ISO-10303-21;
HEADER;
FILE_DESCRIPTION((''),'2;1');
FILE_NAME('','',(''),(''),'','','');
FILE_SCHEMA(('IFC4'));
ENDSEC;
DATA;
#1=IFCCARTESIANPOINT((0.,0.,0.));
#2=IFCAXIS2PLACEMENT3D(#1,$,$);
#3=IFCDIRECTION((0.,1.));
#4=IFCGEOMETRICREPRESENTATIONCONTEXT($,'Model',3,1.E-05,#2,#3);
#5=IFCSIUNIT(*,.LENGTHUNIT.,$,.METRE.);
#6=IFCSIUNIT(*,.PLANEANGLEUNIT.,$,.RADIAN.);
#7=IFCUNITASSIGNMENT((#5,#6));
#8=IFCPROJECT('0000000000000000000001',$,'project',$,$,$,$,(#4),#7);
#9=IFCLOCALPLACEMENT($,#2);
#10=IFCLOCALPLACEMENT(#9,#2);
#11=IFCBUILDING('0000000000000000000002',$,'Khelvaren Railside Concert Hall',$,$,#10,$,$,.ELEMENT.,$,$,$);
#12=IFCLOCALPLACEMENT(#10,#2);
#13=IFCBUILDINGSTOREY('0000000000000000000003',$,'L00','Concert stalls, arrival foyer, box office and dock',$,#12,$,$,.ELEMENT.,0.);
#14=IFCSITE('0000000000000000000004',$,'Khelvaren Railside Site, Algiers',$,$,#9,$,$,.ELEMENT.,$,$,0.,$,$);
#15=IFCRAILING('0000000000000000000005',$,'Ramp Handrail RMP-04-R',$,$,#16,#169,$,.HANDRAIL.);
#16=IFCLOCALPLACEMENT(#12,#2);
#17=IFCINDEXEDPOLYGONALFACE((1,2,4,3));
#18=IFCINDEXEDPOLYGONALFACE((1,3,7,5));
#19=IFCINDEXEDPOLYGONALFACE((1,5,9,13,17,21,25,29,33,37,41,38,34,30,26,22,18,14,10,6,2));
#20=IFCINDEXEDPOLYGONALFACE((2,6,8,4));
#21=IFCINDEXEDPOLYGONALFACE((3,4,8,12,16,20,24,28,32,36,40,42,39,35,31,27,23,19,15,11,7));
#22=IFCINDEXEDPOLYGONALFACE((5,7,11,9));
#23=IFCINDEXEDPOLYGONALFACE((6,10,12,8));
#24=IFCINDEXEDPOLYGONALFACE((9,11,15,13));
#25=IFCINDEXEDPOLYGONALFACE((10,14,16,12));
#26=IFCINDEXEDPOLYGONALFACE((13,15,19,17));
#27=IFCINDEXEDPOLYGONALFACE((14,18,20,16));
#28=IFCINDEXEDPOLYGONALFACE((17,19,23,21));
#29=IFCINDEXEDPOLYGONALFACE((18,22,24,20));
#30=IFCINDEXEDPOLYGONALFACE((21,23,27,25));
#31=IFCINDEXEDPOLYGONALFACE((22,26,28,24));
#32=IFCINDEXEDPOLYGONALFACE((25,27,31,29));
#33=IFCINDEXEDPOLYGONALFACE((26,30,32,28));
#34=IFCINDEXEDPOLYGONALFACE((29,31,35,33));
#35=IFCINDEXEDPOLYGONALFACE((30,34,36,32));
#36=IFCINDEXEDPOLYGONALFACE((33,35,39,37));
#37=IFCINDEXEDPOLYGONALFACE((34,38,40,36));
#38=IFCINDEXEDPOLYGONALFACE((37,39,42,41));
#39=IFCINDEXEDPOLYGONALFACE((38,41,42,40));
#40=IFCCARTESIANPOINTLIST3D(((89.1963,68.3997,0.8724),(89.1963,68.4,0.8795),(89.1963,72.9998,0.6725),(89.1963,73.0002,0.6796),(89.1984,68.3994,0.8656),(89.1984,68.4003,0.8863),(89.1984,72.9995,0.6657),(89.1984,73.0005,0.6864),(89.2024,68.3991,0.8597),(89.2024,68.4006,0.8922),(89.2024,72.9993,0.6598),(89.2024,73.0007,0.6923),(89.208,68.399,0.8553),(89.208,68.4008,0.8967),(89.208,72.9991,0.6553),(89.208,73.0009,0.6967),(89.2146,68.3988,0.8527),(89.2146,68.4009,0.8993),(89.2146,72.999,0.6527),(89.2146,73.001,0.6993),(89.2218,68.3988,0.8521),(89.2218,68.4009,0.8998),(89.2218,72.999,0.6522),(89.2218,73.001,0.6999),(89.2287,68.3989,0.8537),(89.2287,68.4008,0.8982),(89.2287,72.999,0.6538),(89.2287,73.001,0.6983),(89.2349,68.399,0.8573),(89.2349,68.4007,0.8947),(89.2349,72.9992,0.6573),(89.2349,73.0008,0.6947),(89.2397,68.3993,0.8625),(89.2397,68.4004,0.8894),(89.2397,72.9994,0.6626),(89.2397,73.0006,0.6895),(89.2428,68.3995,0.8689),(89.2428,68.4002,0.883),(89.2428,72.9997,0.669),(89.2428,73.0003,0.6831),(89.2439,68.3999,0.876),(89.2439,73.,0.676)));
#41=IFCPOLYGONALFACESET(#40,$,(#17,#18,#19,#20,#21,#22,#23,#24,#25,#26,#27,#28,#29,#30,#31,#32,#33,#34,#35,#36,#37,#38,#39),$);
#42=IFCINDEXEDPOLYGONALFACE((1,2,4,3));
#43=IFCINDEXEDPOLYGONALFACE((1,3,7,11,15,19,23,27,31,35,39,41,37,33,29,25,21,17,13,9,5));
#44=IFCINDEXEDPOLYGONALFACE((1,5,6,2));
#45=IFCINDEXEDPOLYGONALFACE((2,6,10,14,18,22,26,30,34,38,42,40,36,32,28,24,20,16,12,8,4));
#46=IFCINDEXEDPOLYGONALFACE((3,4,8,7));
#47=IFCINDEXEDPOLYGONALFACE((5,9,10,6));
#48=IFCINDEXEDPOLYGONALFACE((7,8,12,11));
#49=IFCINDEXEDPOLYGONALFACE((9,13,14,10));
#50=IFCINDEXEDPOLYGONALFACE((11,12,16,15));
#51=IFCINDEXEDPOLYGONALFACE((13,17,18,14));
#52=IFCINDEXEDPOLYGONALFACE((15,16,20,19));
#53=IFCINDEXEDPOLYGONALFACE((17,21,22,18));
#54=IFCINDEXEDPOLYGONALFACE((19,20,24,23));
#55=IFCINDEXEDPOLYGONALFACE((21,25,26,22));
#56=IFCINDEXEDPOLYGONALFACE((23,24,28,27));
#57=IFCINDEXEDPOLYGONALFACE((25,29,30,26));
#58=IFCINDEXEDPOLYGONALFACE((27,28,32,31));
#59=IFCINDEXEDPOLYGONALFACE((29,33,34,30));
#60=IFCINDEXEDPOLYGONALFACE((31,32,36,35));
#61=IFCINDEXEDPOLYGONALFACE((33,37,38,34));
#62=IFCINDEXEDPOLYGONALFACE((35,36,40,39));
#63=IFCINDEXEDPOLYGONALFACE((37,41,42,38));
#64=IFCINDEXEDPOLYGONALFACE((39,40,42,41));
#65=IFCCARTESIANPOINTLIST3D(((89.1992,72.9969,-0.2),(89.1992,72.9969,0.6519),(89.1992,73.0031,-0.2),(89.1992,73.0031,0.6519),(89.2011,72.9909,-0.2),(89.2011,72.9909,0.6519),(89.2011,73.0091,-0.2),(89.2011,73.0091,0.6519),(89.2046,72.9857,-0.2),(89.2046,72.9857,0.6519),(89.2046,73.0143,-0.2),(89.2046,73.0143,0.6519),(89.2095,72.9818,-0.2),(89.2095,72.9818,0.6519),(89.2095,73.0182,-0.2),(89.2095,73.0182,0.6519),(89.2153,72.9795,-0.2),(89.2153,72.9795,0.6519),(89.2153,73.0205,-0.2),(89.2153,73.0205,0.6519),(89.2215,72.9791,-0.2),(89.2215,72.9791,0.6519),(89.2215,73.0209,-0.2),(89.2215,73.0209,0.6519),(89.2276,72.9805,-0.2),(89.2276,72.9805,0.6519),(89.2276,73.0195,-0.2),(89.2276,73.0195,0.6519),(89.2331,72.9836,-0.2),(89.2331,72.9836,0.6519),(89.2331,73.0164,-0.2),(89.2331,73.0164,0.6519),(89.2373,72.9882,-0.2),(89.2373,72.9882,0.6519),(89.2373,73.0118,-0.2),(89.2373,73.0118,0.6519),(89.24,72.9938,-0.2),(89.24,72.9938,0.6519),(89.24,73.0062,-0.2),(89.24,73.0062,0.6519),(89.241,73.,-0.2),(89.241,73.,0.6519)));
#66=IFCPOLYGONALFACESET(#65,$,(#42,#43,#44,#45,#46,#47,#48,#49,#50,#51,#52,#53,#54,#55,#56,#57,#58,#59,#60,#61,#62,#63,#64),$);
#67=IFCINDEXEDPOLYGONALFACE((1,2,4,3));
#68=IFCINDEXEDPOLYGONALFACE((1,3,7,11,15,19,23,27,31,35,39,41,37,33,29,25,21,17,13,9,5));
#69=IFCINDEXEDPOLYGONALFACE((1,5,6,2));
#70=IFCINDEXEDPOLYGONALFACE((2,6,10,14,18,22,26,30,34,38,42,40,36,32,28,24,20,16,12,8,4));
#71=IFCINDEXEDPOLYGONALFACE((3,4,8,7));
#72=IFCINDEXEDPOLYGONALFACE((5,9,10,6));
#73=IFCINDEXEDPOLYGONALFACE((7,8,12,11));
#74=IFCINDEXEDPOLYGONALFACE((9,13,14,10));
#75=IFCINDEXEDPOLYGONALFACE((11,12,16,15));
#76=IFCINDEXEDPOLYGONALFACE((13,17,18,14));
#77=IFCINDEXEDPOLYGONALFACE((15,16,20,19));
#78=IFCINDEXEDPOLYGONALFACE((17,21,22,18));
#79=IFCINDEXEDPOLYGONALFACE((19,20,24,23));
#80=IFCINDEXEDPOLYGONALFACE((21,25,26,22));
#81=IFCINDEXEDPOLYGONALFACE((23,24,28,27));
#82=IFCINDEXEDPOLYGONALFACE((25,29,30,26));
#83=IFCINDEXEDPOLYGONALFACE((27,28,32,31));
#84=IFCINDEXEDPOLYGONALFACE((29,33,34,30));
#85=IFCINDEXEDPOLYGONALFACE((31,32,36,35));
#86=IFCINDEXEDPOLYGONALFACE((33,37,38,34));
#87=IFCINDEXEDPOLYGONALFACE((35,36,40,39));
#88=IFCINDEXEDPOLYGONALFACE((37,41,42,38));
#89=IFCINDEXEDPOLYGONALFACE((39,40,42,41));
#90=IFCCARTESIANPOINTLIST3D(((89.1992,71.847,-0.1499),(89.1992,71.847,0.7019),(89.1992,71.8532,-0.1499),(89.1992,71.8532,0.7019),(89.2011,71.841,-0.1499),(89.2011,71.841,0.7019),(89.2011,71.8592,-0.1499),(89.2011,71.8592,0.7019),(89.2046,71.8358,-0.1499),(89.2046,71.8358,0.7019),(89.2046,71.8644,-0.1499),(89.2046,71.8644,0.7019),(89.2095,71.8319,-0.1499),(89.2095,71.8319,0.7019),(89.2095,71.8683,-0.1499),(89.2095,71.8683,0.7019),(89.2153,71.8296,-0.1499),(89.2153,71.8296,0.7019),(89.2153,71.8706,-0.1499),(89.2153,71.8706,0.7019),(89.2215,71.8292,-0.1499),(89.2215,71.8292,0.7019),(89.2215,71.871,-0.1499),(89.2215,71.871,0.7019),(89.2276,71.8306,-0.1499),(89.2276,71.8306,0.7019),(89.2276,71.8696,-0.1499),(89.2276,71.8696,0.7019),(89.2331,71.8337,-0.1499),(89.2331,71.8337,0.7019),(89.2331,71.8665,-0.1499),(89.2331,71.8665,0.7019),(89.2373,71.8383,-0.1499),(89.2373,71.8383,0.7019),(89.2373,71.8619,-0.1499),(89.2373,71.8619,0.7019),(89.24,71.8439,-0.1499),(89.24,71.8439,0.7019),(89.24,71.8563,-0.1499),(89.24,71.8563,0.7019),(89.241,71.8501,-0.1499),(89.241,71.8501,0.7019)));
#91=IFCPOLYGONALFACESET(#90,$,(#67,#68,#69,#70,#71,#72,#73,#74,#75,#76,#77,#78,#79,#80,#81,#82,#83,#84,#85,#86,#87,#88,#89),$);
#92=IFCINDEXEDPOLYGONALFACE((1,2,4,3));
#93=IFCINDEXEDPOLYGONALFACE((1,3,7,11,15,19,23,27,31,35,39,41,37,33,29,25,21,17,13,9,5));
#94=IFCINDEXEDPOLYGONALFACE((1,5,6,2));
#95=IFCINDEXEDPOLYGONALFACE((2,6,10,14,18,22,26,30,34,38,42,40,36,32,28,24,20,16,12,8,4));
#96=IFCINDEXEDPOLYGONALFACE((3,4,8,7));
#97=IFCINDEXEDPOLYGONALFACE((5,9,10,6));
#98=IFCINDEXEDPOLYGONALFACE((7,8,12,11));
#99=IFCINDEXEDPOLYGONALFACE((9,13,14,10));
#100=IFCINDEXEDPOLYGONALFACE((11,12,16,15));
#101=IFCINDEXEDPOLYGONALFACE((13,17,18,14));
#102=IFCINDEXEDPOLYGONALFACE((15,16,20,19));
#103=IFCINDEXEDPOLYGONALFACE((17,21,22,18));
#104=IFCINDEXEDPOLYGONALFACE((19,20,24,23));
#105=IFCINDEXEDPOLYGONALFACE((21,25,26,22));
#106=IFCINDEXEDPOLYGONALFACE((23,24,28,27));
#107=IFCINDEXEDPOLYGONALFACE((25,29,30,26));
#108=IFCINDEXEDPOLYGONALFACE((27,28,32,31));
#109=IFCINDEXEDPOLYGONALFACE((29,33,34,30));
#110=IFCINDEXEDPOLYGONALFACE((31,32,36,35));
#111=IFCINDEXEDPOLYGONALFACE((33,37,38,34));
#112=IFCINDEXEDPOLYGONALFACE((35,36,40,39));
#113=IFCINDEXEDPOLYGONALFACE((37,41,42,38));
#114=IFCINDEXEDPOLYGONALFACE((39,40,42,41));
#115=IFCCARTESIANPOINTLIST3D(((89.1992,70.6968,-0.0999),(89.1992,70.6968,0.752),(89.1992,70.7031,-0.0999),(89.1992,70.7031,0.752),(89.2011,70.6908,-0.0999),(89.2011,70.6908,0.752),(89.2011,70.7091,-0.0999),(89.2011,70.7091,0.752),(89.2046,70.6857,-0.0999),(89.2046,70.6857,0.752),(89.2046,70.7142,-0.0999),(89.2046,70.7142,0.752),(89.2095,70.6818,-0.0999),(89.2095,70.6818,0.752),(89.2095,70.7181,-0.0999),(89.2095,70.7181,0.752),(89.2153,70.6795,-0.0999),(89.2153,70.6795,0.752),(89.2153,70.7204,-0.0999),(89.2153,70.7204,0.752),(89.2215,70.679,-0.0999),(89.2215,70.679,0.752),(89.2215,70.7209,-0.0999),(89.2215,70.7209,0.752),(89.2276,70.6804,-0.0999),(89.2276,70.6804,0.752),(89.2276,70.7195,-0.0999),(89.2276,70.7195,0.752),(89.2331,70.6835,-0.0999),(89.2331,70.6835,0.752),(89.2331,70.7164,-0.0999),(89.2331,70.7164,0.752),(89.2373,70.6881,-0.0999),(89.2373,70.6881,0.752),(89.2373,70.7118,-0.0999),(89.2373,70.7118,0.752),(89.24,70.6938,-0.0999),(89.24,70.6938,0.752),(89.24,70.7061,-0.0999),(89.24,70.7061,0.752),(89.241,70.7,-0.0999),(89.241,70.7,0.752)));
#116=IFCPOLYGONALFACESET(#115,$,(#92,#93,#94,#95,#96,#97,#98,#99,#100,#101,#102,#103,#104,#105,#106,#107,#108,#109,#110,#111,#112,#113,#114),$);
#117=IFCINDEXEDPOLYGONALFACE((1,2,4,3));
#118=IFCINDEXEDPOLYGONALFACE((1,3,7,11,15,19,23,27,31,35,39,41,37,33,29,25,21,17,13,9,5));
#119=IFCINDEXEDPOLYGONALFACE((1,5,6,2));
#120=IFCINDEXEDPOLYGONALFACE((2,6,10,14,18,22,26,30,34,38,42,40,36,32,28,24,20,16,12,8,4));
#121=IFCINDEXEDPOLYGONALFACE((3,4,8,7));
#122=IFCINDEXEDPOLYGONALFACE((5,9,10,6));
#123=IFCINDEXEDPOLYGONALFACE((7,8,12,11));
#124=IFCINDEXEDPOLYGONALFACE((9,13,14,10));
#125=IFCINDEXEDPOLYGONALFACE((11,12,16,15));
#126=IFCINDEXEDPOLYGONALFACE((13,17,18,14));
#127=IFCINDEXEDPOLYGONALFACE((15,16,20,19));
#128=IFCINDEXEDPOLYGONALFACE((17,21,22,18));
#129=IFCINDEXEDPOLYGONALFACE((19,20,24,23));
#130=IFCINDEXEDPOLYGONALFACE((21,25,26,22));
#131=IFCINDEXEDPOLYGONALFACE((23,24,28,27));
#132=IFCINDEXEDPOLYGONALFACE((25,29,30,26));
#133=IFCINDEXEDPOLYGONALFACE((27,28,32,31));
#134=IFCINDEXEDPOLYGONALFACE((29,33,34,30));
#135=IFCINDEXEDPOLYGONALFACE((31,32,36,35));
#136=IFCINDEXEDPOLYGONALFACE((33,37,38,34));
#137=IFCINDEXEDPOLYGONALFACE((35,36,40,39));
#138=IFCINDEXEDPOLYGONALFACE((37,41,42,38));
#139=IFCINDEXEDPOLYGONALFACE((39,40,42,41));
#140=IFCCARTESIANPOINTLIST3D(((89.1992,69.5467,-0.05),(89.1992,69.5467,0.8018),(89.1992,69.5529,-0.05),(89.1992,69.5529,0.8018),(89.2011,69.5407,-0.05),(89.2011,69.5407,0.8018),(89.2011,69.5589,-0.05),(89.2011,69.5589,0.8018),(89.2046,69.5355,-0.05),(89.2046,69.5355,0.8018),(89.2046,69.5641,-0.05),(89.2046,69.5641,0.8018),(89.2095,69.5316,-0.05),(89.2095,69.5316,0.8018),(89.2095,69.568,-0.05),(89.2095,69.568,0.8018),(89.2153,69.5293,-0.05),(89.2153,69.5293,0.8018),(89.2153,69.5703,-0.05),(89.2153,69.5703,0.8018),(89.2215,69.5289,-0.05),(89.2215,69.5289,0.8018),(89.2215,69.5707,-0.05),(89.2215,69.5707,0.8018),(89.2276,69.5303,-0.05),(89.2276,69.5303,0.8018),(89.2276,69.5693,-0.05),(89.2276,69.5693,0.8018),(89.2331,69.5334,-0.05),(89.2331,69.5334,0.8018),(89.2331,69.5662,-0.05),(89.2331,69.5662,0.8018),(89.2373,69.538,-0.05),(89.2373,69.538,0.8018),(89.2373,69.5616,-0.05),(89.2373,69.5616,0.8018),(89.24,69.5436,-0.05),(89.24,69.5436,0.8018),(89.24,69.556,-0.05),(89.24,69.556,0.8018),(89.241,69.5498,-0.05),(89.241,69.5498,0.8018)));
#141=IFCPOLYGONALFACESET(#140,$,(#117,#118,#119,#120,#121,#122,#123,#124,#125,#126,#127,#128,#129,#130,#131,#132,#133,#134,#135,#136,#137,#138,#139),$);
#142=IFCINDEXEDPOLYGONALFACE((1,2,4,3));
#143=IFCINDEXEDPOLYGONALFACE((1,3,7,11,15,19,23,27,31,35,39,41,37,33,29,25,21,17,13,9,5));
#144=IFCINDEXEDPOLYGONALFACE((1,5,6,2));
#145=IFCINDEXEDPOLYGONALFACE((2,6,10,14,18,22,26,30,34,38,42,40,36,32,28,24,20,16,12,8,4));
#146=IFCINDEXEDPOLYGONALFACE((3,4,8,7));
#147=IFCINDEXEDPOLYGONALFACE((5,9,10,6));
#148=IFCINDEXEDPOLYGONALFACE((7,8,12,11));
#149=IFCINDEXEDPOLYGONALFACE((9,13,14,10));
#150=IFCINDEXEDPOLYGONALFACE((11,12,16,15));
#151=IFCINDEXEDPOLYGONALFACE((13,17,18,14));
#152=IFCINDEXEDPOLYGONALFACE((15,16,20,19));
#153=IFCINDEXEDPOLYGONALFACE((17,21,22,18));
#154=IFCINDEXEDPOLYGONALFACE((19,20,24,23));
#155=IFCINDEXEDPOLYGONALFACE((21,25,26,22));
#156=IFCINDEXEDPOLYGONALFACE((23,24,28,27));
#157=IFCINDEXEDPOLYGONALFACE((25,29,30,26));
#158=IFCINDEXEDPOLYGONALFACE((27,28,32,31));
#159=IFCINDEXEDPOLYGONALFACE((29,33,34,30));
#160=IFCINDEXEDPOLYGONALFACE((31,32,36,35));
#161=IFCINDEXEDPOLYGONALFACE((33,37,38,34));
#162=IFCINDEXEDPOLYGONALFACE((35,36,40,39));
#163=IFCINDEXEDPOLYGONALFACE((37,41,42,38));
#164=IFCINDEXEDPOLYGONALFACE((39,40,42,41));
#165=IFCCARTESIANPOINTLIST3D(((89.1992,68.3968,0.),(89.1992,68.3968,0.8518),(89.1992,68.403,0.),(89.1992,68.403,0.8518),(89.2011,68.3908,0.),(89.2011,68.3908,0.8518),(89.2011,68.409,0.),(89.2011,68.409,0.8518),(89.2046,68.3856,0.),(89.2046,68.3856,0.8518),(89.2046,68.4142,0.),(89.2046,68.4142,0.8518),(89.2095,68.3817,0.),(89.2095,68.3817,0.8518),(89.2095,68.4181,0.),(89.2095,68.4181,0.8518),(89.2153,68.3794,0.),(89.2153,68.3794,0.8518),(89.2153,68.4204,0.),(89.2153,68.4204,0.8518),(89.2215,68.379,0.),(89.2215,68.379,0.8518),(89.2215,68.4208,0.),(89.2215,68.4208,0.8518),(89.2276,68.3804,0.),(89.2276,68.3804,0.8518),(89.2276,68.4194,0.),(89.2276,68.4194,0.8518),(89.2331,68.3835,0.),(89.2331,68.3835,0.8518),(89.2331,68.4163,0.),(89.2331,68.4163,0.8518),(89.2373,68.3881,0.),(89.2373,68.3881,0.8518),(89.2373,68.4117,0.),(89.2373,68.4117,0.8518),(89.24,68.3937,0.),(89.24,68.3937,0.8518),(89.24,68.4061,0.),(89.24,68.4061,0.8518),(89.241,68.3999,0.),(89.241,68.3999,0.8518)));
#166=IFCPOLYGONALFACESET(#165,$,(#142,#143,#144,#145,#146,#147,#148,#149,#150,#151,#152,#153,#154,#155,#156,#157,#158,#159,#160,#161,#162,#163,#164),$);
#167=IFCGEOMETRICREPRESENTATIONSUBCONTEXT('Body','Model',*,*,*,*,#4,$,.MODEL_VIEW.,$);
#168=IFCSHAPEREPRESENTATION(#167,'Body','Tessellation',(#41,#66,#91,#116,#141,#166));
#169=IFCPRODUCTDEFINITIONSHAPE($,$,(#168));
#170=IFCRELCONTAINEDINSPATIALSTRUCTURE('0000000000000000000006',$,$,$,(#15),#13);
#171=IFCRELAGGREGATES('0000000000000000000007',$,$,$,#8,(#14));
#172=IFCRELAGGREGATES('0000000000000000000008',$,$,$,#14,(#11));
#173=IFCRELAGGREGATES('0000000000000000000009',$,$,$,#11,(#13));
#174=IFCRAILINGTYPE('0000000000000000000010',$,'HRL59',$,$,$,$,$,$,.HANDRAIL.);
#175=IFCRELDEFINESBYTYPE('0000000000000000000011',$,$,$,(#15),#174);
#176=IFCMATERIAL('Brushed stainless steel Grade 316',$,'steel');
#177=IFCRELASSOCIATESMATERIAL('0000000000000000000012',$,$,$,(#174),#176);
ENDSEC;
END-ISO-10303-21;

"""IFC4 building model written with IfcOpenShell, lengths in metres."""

from ifc_helpers import new_model, si_unit, direction, frame, origin, origin_2d, place, context, subcontext, project, spatial, circle, extrude, material, type_object, element, save


model = new_model("IFC4")

# Units and contexts
model_context = context("Model", 3, precision=1e-05, world=origin(), true_north=direction((0.0, 1.0)))
body_context = subcontext(model_context, "Body", "Model", "MODEL_VIEW")
ifc_project = project(units=[si_unit("LENGTHUNIT", "METRE"), si_unit("PLANEANGLEUNIT", "RADIAN")], contexts=[model_context])

# Site, building, storey
site_placement = place(None, origin())
site = spatial("IfcSite", under=ifc_project, at=site_placement, Name="Khelvaren Railside Site, Algiers", CompositionType="ELEMENT", RefElevation=0.0)
building_placement = place(site_placement, origin())
building = spatial("IfcBuilding", under=site, at=building_placement, Name="Khelvaren Railside Concert Hall", CompositionType="ELEMENT")
storey_placement = place(building_placement, origin())
storey = spatial("IfcBuildingStorey", under=building, at=storey_placement, Name="L00", Description="Concert stalls, arrival foyer, box office and dock", CompositionType="ELEMENT", Elevation=0.0)

# Railing
ifc_material_1 = material(Name="Brushed stainless steel Grade 316", Category="steel")
railing_type_1 = type_object("IfcRailingType", Name="HRL59", PredefinedType="HANDRAIL", material=ifc_material_1)
for number, where, name in (
    (1, (89.22, 73.0, -0.2), "Ramp Handrail RMP-04-R"),
):
    element("IfcRailing", number, at=place(storey_placement, frame(where)), inside=storey, type_object=railing_type_1, Name=name, PredefinedType="HANDRAIL", context=body_context, shape_type="SweptSolid", body=[
        extrude(circle(Radius=0.0239, at=origin_2d()), frame((0.0, 0.0, 0.876), z_axis=(0.0, -0.999057, 0.043426), x_axis=(1.0, 0.0, 0.0)), (0.0, 0.0, 1.0), 4.6045),
        extrude(circle(Radius=0.021, at=origin_2d()), origin(), (0.0, 0.0, 1.0), 0.8518),
        extrude(circle(Radius=0.021, at=origin_2d()), frame((0.0, -1.1499, 0.05)), (0.0, 0.0, 1.0), 0.8518),
        extrude(circle(Radius=0.021, at=origin_2d()), frame((0.0, -2.3, 0.1001)), (0.0, 0.0, 1.0), 0.8518),
        extrude(circle(Radius=0.021, at=origin_2d()), frame((0.0, -3.4502, 0.1499)), (0.0, 0.0, 1.0), 0.8518),
        extrude(circle(Radius=0.021, at=origin_2d()), frame((0.0, -4.6001, 0.2)), (0.0, 0.0, 1.0), 0.8518),
    ])

save(model, "model.ifc")
